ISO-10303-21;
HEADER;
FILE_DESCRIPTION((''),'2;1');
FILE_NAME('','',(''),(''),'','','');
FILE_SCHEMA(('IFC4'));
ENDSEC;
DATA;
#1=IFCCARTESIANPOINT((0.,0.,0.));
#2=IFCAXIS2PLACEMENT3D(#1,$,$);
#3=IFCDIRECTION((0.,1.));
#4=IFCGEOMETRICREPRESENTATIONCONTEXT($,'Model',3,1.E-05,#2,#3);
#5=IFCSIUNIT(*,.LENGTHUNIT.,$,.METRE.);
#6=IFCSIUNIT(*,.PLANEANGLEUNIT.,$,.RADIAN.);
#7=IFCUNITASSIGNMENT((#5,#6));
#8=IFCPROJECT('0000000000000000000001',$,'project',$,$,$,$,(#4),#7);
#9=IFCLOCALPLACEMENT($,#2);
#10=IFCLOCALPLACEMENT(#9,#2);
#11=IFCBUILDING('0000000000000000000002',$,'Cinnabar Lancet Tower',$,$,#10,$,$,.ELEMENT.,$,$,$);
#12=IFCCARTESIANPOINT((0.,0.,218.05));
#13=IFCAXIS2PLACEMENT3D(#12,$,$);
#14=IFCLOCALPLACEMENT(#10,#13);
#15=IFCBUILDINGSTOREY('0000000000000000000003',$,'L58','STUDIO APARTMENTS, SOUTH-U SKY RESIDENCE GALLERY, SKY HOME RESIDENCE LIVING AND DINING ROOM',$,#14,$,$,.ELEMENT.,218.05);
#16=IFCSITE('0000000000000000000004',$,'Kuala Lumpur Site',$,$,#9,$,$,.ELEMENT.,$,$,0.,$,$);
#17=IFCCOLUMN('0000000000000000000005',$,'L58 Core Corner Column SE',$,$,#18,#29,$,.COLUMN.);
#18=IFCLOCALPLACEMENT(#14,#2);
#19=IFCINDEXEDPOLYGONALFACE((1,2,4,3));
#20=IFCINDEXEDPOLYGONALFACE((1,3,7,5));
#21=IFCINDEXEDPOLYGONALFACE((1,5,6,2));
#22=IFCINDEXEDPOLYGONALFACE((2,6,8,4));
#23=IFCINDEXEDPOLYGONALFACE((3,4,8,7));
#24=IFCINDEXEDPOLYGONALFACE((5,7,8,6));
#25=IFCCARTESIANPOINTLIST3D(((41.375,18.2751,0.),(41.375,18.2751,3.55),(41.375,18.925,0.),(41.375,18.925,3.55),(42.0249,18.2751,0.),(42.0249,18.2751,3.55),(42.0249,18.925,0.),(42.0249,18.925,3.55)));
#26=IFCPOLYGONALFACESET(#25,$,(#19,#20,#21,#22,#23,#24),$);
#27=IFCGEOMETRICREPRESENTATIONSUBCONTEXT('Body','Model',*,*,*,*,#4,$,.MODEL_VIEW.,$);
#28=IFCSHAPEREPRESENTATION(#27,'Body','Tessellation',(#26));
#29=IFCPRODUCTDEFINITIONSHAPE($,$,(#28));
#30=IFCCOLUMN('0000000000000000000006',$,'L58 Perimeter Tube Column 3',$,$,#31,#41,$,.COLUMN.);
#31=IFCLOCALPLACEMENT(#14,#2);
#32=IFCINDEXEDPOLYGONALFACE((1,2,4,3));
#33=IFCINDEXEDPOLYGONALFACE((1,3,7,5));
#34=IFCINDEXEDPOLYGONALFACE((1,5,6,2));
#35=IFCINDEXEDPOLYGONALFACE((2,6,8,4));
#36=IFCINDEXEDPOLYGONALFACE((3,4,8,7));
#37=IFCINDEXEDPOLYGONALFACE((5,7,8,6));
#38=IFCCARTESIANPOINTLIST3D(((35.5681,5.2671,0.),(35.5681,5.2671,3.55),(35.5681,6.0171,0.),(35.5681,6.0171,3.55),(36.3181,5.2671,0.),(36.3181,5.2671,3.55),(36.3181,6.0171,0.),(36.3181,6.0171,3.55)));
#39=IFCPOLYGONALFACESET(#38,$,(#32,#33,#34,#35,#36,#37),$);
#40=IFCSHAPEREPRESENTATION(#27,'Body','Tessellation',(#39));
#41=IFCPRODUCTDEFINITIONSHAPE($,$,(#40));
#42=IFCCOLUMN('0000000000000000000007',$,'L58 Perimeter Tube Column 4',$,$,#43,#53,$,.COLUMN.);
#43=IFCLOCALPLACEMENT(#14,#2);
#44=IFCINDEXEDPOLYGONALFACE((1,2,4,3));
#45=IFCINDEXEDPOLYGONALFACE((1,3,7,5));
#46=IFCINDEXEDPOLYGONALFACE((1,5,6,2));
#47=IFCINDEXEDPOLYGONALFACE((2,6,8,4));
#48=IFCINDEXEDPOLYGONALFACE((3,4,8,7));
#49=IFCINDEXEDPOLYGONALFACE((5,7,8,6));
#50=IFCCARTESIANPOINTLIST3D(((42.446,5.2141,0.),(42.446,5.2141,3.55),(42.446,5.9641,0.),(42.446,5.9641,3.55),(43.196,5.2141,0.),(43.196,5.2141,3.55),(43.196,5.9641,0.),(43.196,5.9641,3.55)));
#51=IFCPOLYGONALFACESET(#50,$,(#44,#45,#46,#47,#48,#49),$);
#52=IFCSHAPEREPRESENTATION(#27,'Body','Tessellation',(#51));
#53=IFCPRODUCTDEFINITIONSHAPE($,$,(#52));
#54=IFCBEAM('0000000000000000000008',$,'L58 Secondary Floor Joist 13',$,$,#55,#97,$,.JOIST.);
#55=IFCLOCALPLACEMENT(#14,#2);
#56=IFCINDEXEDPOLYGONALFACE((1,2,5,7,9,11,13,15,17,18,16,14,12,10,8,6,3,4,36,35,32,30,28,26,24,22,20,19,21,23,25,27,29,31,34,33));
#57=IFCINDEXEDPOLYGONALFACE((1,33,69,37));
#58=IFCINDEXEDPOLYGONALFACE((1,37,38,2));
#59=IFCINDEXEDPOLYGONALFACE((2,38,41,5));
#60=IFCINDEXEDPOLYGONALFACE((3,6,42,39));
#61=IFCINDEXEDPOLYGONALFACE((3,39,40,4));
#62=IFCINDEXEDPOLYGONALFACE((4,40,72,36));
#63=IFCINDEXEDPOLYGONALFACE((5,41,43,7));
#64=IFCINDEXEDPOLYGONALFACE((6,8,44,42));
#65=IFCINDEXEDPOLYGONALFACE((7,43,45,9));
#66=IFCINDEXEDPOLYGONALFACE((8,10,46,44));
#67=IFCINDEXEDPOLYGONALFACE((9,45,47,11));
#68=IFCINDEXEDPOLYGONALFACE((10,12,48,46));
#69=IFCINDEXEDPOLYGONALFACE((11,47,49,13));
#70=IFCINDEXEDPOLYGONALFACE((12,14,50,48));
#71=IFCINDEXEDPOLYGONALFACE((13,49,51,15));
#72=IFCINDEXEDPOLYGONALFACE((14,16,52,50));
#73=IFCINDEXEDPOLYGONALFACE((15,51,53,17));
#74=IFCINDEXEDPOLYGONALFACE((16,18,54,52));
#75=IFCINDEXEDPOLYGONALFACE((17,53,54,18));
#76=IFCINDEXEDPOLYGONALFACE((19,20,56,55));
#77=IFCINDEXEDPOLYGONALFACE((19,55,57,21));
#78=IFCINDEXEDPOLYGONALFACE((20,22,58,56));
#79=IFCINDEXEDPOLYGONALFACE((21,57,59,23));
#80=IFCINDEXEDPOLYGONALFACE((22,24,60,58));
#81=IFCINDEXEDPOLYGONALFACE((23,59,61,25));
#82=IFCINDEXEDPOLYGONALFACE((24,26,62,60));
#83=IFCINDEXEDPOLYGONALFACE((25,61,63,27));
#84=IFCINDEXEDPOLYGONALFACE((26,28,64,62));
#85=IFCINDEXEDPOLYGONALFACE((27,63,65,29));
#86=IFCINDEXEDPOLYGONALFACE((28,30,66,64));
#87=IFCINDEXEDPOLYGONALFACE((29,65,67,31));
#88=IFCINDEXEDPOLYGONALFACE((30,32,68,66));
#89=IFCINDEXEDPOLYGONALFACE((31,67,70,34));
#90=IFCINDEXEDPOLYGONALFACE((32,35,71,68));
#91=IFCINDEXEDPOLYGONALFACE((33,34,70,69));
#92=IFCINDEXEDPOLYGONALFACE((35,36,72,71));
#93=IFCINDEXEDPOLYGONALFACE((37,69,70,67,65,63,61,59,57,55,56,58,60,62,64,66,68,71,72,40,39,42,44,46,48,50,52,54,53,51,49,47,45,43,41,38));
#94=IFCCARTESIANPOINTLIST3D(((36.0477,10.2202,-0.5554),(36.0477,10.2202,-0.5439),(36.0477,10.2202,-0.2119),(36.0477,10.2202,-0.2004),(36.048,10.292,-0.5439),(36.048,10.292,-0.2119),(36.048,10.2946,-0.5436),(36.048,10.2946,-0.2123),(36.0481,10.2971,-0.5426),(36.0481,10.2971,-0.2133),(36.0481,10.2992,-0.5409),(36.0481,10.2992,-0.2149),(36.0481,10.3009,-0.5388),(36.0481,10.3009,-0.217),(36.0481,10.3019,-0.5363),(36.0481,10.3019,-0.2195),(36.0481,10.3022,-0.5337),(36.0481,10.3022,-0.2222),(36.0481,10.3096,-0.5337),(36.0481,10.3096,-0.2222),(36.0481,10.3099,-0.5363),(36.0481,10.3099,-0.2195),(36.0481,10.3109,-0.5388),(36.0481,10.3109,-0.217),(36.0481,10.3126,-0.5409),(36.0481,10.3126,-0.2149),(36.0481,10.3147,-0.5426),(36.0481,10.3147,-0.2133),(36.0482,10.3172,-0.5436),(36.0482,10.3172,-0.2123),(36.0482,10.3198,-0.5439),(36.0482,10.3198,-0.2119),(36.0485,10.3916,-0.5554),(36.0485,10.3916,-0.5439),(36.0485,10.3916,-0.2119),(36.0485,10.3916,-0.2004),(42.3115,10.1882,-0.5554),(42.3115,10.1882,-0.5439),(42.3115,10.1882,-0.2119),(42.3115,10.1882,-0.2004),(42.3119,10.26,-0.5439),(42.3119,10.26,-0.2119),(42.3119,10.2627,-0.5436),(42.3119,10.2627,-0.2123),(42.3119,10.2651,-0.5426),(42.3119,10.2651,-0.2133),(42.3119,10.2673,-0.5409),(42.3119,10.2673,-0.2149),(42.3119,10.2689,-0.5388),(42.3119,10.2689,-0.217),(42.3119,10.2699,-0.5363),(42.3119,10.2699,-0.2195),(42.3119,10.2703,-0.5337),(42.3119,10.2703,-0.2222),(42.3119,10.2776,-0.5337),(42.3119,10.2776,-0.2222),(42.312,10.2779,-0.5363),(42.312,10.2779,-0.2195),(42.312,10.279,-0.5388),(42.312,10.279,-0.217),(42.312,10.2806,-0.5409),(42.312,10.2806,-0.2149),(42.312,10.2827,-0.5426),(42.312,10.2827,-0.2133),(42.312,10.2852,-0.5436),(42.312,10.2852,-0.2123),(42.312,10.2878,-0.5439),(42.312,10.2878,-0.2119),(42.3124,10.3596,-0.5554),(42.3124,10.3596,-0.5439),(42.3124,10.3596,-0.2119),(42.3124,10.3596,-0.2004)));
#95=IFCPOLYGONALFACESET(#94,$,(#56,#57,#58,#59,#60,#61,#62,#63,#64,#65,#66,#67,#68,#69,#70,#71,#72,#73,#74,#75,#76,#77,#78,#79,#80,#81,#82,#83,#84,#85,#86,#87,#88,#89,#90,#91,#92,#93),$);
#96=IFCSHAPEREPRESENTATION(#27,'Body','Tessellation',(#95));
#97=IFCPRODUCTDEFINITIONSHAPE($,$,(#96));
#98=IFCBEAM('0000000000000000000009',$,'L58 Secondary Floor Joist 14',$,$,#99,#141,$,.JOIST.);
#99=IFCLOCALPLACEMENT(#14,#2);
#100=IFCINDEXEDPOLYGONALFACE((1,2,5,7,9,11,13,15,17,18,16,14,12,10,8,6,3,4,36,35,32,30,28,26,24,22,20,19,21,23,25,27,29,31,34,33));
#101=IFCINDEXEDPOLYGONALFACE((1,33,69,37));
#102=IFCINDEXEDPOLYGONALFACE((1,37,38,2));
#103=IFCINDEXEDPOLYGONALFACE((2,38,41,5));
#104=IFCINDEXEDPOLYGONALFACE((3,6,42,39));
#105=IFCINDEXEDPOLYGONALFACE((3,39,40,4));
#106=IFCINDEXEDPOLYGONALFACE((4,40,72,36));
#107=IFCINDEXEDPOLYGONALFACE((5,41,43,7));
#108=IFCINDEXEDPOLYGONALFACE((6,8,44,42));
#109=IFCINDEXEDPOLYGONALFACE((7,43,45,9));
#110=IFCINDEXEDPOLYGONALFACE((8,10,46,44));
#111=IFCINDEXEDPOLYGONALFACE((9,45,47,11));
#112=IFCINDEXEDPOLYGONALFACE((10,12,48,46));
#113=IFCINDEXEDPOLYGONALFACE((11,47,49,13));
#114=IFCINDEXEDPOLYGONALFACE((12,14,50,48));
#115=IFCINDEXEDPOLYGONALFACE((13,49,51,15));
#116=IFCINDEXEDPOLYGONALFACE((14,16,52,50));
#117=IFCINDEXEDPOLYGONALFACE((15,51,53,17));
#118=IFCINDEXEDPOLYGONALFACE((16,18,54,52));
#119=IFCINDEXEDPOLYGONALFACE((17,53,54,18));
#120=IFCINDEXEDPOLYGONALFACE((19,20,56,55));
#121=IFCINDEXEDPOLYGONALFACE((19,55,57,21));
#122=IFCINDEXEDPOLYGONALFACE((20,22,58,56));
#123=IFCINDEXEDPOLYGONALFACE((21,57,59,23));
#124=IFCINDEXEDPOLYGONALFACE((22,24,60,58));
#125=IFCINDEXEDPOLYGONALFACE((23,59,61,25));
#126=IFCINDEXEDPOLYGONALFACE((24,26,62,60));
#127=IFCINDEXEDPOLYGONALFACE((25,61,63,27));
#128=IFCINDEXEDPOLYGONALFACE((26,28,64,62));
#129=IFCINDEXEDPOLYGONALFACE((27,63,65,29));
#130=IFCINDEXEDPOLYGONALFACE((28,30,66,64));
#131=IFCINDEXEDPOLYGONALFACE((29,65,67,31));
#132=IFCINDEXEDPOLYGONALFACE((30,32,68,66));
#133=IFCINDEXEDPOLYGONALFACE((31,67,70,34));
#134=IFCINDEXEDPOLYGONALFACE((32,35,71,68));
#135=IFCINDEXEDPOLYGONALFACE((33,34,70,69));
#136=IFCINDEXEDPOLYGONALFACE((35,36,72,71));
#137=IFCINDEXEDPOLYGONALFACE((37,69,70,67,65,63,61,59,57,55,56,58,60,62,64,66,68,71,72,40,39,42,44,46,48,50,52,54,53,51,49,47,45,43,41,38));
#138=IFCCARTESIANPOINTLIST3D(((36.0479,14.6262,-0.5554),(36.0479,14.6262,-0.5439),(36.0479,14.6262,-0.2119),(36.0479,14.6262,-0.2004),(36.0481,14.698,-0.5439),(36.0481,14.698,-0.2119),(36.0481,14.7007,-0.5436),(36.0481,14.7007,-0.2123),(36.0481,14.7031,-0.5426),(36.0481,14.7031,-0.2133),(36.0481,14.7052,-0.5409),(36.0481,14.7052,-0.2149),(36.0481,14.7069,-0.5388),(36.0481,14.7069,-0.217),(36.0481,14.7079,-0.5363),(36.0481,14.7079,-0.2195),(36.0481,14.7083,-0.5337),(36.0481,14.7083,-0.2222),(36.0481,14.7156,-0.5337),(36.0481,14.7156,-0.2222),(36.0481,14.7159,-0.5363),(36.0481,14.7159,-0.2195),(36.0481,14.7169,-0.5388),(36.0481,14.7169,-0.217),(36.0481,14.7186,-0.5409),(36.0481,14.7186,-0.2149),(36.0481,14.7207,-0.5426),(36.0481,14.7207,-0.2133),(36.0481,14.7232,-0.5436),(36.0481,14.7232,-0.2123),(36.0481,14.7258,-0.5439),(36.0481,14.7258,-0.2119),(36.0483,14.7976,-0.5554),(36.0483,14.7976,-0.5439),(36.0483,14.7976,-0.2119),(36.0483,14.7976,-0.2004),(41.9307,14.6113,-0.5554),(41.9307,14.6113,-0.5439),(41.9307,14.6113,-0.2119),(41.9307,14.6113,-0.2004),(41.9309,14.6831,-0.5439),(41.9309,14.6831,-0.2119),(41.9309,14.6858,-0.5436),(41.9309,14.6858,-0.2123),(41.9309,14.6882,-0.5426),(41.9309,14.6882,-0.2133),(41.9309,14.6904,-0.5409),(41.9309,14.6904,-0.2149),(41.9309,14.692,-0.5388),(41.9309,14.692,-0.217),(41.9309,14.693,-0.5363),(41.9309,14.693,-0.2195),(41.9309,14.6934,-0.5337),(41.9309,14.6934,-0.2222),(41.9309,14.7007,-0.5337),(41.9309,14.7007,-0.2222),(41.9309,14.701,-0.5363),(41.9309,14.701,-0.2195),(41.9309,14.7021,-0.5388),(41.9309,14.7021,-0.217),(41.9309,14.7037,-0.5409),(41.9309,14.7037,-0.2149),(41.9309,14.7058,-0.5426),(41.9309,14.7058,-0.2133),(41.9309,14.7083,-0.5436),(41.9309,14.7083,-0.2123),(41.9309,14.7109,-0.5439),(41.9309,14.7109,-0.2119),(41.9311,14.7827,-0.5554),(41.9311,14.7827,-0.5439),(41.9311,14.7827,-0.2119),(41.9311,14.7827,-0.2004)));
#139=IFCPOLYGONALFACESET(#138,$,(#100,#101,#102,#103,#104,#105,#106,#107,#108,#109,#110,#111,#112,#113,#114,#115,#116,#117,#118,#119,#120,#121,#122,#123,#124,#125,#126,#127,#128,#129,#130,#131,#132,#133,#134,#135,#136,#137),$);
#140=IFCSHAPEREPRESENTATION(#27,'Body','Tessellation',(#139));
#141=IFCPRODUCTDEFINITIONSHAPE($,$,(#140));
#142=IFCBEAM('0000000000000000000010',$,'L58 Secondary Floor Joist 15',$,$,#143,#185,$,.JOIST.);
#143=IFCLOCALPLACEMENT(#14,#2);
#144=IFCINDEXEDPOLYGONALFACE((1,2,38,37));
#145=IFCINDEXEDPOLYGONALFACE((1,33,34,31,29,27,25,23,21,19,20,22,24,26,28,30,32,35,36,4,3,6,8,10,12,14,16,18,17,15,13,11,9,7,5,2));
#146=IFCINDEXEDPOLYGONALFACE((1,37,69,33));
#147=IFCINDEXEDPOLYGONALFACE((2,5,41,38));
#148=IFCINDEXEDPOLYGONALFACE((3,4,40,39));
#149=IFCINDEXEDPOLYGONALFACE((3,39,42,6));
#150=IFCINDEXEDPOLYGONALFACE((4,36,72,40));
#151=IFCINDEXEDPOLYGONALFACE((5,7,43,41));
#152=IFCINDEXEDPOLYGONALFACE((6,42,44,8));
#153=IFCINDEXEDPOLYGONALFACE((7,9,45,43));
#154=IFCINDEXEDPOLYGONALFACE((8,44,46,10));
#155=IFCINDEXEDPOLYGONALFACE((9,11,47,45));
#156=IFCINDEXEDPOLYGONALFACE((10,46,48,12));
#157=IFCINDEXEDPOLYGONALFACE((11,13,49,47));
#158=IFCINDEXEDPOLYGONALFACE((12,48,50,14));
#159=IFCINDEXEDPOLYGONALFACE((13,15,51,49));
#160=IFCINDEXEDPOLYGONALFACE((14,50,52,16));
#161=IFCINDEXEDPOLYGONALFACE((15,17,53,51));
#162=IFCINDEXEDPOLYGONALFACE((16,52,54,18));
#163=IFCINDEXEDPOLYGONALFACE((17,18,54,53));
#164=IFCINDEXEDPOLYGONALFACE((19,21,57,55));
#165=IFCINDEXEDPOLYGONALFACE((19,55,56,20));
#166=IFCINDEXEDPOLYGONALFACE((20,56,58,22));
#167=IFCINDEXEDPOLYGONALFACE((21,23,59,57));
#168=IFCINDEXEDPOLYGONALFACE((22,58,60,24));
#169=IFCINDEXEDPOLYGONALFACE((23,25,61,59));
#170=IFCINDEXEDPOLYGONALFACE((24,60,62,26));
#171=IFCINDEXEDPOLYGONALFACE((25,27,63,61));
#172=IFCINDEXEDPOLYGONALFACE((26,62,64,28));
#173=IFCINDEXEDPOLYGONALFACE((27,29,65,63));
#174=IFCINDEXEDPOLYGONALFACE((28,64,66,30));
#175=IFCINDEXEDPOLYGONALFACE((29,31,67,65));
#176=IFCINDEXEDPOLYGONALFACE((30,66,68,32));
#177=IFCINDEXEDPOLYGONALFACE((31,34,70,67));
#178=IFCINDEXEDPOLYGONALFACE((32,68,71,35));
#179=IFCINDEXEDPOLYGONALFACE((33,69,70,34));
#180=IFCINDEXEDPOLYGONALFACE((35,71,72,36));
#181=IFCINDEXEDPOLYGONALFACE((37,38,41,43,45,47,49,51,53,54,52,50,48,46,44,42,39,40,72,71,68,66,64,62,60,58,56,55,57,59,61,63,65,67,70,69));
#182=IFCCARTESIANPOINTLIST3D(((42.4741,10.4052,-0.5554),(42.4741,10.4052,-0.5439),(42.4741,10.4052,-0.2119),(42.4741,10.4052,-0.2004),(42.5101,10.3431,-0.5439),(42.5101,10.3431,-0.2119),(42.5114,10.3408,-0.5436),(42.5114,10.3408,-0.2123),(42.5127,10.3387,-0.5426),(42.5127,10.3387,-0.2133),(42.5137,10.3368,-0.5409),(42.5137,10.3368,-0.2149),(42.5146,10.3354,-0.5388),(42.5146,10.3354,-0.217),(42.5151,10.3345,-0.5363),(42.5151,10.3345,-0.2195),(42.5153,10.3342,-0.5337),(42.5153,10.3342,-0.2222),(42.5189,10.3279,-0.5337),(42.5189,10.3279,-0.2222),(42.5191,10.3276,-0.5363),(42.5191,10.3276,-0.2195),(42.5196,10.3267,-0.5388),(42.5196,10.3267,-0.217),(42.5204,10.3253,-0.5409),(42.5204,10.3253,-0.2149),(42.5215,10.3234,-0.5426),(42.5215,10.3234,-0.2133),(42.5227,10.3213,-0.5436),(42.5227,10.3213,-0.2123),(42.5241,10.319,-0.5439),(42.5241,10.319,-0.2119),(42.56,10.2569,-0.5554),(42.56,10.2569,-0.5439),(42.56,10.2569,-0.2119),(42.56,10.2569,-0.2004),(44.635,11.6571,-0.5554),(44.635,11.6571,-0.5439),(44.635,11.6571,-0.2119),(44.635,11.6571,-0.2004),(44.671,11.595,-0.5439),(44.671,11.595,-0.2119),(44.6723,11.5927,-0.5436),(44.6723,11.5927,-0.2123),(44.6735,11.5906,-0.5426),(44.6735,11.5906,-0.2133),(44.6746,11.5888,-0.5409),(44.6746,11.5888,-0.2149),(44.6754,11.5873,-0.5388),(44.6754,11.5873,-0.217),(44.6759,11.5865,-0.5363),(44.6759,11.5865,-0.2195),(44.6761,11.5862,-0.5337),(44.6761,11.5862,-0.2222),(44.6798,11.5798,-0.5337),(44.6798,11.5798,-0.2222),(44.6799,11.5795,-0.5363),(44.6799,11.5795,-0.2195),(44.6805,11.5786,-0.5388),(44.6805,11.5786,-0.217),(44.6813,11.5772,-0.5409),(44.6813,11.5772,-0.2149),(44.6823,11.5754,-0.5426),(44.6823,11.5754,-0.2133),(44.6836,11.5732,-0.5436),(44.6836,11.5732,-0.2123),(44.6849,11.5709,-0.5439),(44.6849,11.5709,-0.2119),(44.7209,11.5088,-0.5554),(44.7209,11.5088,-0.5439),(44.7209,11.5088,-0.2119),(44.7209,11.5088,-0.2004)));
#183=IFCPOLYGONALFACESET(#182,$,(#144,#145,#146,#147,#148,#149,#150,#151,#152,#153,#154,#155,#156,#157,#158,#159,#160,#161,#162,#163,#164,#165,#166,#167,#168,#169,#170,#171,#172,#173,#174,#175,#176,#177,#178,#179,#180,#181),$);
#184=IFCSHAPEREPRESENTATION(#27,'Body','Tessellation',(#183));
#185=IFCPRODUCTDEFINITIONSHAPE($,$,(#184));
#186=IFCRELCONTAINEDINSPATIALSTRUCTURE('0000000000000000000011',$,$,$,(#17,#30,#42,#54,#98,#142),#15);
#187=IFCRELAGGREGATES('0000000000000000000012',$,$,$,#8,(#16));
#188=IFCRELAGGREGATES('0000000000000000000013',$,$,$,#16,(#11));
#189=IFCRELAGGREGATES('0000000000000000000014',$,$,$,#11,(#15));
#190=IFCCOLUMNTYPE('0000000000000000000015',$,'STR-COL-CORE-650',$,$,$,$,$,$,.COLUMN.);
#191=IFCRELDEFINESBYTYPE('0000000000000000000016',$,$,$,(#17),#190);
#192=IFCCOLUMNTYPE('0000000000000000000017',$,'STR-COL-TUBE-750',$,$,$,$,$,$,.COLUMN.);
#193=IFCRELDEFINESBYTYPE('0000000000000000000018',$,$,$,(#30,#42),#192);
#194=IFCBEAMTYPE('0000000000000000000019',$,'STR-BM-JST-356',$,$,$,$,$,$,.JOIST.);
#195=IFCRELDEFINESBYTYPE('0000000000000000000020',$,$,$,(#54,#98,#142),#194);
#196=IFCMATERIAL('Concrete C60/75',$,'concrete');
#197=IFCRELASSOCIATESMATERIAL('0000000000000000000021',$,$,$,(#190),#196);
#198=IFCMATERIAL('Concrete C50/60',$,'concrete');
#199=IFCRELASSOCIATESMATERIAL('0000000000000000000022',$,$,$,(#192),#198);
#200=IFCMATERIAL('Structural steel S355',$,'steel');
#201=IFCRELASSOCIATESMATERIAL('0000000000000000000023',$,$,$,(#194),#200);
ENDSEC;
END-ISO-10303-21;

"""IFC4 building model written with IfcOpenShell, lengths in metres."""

from ifc_helpers import new_model, si_unit, direction, frame, origin, origin_2d, place, context, subcontext, project, spatial, rectangle, i_section, extrude, material, material_profile, profile_set, type_object, element, save


model = new_model("IFC4")

# Units and contexts
model_context = context("Model", 3, precision=1e-05, world=origin(), true_north=direction((0.0, 1.0)))
body_context = subcontext(model_context, "Body", "Model", "MODEL_VIEW")
ifc_project = project(units=[si_unit("LENGTHUNIT", "METRE"), si_unit("PLANEANGLEUNIT", "RADIAN")], contexts=[model_context])

# Site, building, storey
site_placement = place(None, origin())
site = spatial("IfcSite", under=ifc_project, at=site_placement, Name="Kuala Lumpur Site", CompositionType="ELEMENT", RefElevation=0.0)
building_placement = place(site_placement, origin())
building = spatial("IfcBuilding", under=site, at=building_placement, Name="Cinnabar Lancet Tower", CompositionType="ELEMENT")
storey_placement = place(building_placement, frame((0.0, 0.0, 218.05)))
storey = spatial("IfcBuildingStorey", under=building, at=storey_placement, Name="L58", Description="STUDIO APARTMENTS, SOUTH-U SKY RESIDENCE GALLERY, SKY HOME RESIDENCE LIVING AND DINING ROOM", CompositionType="ELEMENT", Elevation=218.05)

# Columns
ifc_material_1 = material(Name="Concrete C60/75", Category="concrete")
ifc_material_profile_1 = material_profile(ifc_material_1, rectangle(XDim=0.6499, YDim=0.6499, at=origin_2d()), Name="RC-COL 650x650")
ifc_profile_set_1 = profile_set([ifc_material_profile_1], Name="Concrete C60/75")
column_type_1 = type_object("IfcColumnType", Name="STR-COL-CORE-650", PredefinedType="COLUMN", material=ifc_profile_set_1)
column_placement = place(storey_placement, frame((41.7, 18.6001, 0.0), z_axis=(0.0, 0.0, 1.0), x_axis=(1.0, 0.0, 0.0)))
element("IfcColumn", 1, at=column_placement, inside=storey, type_object=column_type_1, Name="L58 Core Corner Column SE", PredefinedType="COLUMN", context=body_context, shape_type="SweptSolid", body=[
    extrude(rectangle(XDim=0.6499, YDim=0.6499, at=origin_2d()), origin(), (0.0, 0.0, 1.0), 3.55),
])
ifc_material_2 = material(Name="Concrete C50/60", Category="concrete")
ifc_material_profile_2 = material_profile(ifc_material_2, rectangle(XDim=0.75, YDim=0.75, at=origin_2d()), Name="RC-COL 750x750")
ifc_profile_set_2 = profile_set([ifc_material_profile_2], Name="Concrete C50/60")
column_type_2 = type_object("IfcColumnType", Name="STR-COL-TUBE-750", PredefinedType="COLUMN", material=ifc_profile_set_2)
for number, where, z_axis, x_axis, name in (
    (2, (35.9431, 5.6421, 0.0), (0.0, 0.0, 1.0), (1.0, 0.0, 0.0), "L58 Perimeter Tube Column 3"),
    (3, (42.821, 5.5891, 0.0), (0.0, 0.0, 1.0), (1.0, 0.0, 0.0), "L58 Perimeter Tube Column 4"),
):
    element("IfcColumn", number, at=place(storey_placement, frame(where, z_axis=z_axis, x_axis=x_axis)), inside=storey, type_object=column_type_2, Name=name, PredefinedType="COLUMN", context=body_context, shape_type="SweptSolid", body=[
        extrude(rectangle(XDim=0.75, YDim=0.75, at=origin_2d()), origin(), (0.0, 0.0, 1.0), 3.55),
    ])

# Beams
ifc_material_3 = material(Name="Structural steel S355", Category="steel")
ifc_material_profile_3 = material_profile(ifc_material_3, i_section(OverallWidth=0.1714, OverallDepth=0.355, WebThickness=0.0073, FlangeThickness=0.0115, FilletRadius=0.0103, at=origin_2d()), Name="UKB 356x171x51")
ifc_profile_set_3 = profile_set([ifc_material_profile_3], Name="Structural steel S355")
beam_type_1 = type_object("IfcBeamType", Name="STR-BM-JST-356", PredefinedType="JOIST", material=ifc_profile_set_3)
beam_1_placement = place(storey_placement, frame((36.0481, 10.3059, -0.3779), z_axis=(0.999987, -0.005106, 0.0), x_axis=(0.005106, 0.999987, 0.0)))
element("IfcBeam", 4, at=beam_1_placement, inside=storey, type_object=beam_type_1, Name="L58 Secondary Floor Joist 13", PredefinedType="JOIST", context=body_context, shape_type="SweptSolid", body=[
    extrude(i_section(OverallWidth=0.1714, OverallDepth=0.355, WebThickness=0.0073, FlangeThickness=0.0115, FilletRadius=0.0103, at=origin_2d()), origin(), (0.0, 0.0, 1.0), 6.2639),
])
beam_2_placement = place(storey_placement, frame((36.0481, 14.7119, -0.3779), z_axis=(0.999997, -0.002532, 0.0), x_axis=(0.002532, 0.999997, 0.0)))
element("IfcBeam", 5, at=beam_2_placement, inside=storey, type_object=beam_type_1, Name="L58 Secondary Floor Joist 14", PredefinedType="JOIST", context=body_context, shape_type="SweptSolid", body=[
    extrude(i_section(OverallWidth=0.1714, OverallDepth=0.355, WebThickness=0.0073, FlangeThickness=0.0115, FilletRadius=0.0103, at=origin_2d()), origin(), (0.0, 0.0, 1.0), 5.8828),
])
beam_3_placement = place(storey_placement, frame((42.5171, 10.3311, -0.3779), z_axis=(0.865268, 0.50131, 0.0), x_axis=(-0.50131, 0.865268, 0.0)))
element("IfcBeam", 6, at=beam_3_placement, inside=storey, type_object=beam_type_1, Name="L58 Secondary Floor Joist 15", PredefinedType="JOIST", context=body_context, shape_type="SweptSolid", body=[
    extrude(i_section(OverallWidth=0.1714, OverallDepth=0.355, WebThickness=0.0073, FlangeThickness=0.0115, FilletRadius=0.0103, at=origin_2d()), origin(), (0.0, 0.0, 1.0), 2.4973),
])

save(model, "model.ifc")
